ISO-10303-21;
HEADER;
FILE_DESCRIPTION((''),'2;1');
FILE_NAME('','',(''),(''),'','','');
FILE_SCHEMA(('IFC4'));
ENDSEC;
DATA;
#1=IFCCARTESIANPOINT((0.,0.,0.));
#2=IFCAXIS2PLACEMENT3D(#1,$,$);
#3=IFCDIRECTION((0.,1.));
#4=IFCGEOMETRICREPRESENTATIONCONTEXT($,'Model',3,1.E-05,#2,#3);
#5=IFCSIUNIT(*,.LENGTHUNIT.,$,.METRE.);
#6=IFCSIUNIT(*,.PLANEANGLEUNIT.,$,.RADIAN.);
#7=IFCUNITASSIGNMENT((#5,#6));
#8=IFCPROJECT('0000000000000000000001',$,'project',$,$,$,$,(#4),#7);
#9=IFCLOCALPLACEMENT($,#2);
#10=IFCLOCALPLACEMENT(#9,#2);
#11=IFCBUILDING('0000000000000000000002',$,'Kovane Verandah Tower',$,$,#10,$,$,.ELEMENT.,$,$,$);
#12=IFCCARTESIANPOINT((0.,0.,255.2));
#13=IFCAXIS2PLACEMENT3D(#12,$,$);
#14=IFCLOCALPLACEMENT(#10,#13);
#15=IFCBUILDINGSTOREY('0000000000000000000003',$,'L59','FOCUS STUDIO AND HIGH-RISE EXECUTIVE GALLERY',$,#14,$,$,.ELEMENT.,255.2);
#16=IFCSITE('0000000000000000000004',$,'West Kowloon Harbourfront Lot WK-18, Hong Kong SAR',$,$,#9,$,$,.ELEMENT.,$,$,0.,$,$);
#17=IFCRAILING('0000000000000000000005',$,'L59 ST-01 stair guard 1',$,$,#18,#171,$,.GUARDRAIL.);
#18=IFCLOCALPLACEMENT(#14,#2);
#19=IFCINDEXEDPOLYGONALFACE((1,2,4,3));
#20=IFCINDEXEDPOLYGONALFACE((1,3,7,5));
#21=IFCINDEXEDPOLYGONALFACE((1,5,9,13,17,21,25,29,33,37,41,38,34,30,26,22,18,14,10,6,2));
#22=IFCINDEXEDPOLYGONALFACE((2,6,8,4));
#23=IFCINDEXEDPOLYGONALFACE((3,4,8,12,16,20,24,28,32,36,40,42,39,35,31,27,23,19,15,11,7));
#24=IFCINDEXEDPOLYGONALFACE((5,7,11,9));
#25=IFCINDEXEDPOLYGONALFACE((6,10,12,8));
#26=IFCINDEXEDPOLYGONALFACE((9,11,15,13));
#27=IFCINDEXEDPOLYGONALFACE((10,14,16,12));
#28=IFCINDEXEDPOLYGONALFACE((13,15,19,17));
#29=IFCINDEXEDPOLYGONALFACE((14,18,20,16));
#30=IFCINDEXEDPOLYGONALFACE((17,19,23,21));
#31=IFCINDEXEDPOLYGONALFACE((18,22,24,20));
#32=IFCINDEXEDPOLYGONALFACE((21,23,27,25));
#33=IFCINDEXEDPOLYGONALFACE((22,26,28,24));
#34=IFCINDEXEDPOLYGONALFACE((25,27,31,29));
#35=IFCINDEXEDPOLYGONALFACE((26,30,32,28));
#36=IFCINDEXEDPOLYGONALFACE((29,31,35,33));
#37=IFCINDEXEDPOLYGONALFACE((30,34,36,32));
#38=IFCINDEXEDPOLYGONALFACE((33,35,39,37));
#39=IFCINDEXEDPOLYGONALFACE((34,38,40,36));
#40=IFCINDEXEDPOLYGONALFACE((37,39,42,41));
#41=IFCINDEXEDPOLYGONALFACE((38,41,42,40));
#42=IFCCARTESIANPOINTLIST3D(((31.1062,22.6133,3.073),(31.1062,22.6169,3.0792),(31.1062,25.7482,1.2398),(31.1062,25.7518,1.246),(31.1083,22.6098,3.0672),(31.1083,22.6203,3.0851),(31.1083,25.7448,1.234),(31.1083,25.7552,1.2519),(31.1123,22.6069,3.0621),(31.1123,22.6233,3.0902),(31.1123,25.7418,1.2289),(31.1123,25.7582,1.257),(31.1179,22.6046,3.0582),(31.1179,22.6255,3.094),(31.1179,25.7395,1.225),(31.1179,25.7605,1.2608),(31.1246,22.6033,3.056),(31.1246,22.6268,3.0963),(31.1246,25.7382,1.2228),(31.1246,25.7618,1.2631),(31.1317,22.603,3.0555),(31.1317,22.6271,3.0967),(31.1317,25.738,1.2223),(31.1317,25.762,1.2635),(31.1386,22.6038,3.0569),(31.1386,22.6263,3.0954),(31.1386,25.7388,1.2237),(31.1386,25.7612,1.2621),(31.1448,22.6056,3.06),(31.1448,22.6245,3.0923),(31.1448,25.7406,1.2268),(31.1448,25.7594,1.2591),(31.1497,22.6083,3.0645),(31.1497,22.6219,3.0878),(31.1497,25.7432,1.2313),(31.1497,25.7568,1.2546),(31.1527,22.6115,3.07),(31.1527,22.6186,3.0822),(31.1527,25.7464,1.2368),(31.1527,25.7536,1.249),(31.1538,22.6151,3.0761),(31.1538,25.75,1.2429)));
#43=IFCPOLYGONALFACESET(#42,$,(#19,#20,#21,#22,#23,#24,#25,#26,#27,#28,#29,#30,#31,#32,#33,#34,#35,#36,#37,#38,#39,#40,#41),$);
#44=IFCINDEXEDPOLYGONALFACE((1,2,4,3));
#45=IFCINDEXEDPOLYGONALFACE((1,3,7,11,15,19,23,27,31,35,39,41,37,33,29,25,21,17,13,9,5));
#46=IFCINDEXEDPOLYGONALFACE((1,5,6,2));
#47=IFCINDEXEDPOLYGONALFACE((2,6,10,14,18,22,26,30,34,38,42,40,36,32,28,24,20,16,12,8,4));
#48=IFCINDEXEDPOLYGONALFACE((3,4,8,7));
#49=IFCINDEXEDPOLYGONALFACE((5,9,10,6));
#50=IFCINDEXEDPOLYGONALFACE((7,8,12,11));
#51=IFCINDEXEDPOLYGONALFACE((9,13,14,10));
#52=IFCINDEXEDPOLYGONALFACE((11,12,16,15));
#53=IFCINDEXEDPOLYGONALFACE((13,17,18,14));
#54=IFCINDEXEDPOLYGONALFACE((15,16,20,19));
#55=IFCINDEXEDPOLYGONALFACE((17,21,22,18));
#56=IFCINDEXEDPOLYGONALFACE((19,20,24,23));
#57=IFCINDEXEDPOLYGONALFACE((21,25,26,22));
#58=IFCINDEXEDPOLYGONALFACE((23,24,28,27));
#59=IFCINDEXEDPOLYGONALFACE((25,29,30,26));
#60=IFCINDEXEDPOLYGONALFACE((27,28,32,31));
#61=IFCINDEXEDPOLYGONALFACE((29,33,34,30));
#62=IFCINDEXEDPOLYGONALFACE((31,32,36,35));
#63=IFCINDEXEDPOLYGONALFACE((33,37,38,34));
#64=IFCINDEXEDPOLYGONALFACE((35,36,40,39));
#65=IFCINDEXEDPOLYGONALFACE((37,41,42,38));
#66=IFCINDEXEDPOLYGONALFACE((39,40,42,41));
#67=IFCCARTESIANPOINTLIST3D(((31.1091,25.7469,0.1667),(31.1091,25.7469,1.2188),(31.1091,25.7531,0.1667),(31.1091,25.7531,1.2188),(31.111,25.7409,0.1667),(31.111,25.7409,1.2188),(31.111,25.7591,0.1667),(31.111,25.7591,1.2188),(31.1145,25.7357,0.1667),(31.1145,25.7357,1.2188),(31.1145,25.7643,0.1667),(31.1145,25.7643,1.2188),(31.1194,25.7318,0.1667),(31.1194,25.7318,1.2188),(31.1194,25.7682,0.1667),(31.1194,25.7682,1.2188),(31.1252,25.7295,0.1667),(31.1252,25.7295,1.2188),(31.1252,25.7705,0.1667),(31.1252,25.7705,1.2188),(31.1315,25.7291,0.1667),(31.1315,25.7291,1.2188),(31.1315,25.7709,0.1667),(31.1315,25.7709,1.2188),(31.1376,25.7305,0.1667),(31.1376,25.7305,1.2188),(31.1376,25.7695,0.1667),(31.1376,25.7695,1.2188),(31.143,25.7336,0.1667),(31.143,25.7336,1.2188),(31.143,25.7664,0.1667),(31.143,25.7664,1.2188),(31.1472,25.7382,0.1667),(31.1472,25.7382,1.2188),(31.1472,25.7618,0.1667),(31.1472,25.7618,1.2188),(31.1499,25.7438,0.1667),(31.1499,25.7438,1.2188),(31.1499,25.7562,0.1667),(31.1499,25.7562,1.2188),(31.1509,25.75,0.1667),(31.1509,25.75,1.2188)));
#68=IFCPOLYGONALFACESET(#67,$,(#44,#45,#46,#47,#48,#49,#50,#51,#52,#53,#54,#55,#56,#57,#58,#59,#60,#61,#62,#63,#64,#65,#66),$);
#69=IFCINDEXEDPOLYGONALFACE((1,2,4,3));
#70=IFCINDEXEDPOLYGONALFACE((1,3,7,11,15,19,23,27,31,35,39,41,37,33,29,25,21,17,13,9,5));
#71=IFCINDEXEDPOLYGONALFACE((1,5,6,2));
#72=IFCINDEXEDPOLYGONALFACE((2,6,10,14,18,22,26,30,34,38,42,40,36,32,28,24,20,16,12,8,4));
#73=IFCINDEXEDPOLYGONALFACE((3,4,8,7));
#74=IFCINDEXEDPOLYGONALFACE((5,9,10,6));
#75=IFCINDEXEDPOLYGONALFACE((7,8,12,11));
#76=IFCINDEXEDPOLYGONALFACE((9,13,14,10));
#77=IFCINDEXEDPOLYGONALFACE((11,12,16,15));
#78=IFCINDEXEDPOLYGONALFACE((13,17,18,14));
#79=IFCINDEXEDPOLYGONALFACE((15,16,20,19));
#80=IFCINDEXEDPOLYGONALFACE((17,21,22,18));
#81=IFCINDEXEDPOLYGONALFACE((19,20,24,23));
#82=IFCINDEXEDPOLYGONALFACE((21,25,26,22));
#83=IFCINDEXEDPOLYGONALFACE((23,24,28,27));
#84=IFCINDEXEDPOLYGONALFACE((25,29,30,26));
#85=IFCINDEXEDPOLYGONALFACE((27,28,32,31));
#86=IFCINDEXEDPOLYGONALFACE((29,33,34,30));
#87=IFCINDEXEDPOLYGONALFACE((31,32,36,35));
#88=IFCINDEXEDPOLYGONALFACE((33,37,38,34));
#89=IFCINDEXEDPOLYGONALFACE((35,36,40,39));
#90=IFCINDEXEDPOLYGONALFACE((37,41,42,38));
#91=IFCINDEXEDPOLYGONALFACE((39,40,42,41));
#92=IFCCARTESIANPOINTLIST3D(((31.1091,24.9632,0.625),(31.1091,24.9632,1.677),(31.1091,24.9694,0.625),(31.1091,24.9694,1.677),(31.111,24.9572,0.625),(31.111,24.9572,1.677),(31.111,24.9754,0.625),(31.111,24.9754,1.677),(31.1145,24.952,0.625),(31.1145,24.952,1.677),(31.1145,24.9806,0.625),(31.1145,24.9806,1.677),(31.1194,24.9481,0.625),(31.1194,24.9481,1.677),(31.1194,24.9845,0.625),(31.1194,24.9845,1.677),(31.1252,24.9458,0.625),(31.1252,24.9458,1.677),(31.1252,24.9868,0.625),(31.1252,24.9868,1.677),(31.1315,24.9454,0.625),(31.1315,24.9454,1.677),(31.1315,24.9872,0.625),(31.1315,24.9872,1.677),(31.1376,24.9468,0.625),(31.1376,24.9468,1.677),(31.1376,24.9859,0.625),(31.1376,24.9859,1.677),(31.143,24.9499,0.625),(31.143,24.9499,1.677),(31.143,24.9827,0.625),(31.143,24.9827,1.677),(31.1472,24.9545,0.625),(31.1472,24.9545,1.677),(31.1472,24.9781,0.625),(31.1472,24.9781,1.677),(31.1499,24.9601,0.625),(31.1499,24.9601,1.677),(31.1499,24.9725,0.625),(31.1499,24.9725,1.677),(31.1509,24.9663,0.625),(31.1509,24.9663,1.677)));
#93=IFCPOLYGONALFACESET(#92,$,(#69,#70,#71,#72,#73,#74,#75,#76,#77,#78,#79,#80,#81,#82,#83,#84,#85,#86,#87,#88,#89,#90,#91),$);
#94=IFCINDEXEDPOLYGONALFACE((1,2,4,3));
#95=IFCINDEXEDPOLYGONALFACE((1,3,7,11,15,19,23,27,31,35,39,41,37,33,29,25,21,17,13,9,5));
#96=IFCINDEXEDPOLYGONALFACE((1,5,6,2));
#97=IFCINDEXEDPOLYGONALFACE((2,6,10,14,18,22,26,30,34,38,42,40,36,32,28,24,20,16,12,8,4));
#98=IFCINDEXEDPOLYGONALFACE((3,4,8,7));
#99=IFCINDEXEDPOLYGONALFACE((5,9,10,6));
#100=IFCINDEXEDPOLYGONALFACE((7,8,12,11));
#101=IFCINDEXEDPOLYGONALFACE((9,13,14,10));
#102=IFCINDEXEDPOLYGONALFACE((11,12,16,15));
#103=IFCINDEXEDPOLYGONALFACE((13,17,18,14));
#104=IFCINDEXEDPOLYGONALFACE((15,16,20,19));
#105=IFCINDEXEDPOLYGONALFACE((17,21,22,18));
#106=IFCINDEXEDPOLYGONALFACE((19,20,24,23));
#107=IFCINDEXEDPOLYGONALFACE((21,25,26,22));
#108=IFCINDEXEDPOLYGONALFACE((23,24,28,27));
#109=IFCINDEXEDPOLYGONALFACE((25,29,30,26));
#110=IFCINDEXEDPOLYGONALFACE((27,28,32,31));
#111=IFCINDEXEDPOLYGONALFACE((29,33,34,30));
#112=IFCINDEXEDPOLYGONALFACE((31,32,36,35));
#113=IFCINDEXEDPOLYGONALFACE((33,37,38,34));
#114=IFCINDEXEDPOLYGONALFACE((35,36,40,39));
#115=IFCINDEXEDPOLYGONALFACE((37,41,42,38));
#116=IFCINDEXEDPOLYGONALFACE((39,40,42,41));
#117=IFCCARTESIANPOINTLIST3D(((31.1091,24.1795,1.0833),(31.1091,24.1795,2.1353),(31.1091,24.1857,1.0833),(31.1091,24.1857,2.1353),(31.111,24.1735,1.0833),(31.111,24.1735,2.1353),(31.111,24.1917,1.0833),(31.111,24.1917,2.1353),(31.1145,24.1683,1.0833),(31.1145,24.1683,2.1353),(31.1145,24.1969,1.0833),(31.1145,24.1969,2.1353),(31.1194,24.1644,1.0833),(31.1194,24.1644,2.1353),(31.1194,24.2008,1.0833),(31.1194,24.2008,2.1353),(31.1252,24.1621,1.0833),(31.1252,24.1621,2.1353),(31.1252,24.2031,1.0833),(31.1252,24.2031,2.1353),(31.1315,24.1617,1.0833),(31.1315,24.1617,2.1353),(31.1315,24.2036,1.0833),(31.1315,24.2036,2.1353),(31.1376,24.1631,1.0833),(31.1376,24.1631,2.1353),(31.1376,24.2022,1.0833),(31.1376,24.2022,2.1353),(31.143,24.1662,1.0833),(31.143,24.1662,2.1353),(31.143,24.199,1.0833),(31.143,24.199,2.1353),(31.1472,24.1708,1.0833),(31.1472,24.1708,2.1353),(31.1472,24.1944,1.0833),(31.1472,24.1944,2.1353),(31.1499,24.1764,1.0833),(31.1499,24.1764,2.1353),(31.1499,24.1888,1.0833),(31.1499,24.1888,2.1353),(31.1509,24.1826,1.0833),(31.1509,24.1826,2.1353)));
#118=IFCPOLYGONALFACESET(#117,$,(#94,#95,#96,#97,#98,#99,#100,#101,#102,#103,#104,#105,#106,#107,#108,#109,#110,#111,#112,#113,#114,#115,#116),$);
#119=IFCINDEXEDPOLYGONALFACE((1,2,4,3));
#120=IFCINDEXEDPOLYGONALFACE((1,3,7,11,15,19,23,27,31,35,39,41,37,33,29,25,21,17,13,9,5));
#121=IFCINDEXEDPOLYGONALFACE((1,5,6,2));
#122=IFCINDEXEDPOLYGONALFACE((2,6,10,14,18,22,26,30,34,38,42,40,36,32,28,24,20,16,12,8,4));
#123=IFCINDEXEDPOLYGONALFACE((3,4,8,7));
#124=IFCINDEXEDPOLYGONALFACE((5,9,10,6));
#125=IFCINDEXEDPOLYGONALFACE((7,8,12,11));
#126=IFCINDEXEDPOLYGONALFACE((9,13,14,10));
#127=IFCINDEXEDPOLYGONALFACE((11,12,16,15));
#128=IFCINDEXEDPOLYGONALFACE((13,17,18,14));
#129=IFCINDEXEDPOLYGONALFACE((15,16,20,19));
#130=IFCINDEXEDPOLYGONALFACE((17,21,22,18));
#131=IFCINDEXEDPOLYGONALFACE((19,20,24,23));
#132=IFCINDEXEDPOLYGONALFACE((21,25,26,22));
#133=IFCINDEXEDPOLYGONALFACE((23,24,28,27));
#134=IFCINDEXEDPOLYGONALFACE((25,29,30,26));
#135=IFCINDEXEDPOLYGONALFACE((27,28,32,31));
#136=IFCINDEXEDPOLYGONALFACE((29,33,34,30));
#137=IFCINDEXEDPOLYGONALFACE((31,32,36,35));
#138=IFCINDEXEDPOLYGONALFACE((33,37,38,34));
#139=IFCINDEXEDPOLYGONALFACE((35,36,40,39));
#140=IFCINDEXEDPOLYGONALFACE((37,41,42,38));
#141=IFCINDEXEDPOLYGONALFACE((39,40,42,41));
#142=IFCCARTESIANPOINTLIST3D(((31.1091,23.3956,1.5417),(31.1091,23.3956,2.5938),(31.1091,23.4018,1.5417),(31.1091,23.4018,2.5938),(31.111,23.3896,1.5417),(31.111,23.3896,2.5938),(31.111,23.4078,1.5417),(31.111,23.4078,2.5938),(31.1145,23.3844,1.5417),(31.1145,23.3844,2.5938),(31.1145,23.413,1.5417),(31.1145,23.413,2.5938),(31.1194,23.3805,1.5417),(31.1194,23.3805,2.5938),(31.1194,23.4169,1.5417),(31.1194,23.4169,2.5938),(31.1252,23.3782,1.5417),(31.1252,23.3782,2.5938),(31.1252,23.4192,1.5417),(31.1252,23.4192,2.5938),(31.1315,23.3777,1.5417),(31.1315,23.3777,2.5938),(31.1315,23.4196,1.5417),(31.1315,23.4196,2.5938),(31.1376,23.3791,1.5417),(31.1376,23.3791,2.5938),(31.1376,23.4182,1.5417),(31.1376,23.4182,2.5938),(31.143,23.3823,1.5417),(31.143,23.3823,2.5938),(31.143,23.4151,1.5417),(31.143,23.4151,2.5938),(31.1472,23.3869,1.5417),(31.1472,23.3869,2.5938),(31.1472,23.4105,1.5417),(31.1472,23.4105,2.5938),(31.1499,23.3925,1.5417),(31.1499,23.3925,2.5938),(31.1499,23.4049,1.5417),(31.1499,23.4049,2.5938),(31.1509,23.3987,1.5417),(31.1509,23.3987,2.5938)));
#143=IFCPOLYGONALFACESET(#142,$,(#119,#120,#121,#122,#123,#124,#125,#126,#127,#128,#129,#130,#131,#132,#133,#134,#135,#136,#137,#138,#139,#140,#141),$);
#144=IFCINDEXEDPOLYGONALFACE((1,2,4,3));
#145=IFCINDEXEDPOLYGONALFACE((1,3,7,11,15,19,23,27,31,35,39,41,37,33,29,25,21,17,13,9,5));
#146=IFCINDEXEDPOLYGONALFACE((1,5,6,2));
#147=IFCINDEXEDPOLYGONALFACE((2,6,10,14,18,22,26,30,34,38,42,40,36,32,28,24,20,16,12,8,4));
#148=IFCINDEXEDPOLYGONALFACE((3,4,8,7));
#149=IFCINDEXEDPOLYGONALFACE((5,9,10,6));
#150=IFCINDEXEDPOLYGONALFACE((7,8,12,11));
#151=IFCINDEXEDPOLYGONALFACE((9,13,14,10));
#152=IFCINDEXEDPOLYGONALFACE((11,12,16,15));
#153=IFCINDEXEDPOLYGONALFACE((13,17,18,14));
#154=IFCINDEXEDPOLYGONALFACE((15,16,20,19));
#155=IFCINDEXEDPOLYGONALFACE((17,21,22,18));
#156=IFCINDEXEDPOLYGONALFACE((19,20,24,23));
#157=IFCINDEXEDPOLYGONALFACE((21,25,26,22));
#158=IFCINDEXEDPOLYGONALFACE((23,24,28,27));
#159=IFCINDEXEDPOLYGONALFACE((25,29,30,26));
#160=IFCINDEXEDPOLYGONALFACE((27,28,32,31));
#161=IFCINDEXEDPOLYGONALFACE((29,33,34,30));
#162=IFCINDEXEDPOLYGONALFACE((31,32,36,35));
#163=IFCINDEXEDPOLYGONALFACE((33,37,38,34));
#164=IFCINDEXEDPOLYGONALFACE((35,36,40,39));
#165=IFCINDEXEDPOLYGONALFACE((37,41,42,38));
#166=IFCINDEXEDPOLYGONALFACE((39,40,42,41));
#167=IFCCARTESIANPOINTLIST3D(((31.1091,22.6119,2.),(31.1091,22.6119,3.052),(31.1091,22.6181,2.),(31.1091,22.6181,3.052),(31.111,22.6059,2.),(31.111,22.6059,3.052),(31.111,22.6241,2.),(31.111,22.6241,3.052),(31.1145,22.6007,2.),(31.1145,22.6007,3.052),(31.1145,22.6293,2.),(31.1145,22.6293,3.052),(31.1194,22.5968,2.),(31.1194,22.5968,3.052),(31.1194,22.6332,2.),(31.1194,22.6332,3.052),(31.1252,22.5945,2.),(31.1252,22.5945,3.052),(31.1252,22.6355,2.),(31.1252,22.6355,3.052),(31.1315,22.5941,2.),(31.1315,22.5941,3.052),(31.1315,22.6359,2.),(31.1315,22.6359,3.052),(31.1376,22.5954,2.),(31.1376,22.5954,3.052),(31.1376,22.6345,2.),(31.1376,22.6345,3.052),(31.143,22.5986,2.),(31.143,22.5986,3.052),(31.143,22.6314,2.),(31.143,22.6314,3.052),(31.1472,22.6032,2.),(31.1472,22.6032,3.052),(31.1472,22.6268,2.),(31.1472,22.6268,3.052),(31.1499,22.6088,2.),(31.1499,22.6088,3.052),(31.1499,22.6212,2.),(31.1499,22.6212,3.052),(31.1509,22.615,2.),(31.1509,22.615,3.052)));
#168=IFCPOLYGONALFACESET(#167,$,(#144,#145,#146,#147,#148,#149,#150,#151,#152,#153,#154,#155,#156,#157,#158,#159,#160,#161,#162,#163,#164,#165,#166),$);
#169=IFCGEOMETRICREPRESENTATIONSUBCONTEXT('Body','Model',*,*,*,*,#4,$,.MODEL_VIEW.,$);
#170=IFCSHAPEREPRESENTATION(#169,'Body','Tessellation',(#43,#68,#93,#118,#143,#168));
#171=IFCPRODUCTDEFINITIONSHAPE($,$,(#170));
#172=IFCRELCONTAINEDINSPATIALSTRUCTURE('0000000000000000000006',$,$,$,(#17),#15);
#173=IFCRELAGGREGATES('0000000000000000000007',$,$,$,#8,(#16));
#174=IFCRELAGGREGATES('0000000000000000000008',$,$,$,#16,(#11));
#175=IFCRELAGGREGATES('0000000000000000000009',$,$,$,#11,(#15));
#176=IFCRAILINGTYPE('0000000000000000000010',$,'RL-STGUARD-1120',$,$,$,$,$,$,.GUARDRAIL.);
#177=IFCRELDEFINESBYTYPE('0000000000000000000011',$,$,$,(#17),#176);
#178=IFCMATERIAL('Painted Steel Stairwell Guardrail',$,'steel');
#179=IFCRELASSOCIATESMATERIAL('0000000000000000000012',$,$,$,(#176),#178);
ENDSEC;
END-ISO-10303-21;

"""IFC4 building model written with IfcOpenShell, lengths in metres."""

from ifc_helpers import new_model, si_unit, direction, frame, origin, origin_2d, place, context, subcontext, project, spatial, circle, extrude, material, type_object, element, save


model = new_model("IFC4")

# Units and contexts
model_context = context("Model", 3, precision=1e-05, world=origin(), true_north=direction((0.0, 1.0)))
body_context = subcontext(model_context, "Body", "Model", "MODEL_VIEW")
ifc_project = project(units=[si_unit("LENGTHUNIT", "METRE"), si_unit("PLANEANGLEUNIT", "RADIAN")], contexts=[model_context])

# Site, building, storey
site_placement = place(None, origin())
site = spatial("IfcSite", under=ifc_project, at=site_placement, Name="West Kowloon Harbourfront Lot WK-18, Hong Kong SAR", CompositionType="ELEMENT", RefElevation=0.0)
building_placement = place(site_placement, origin())
building = spatial("IfcBuilding", under=site, at=building_placement, Name="Kovane Verandah Tower", CompositionType="ELEMENT")
storey_placement = place(building_placement, frame((0.0, 0.0, 255.2)))
storey = spatial("IfcBuildingStorey", under=building, at=storey_placement, Name="L59", Description="FOCUS STUDIO AND HIGH-RISE EXECUTIVE GALLERY", CompositionType="ELEMENT", Elevation=255.2)

# Railing
ifc_material_1 = material(Name="Painted Steel Stairwell Guardrail", Category="steel")
railing_type_1 = type_object("IfcRailingType", Name="RL-STGUARD-1120", PredefinedType="GUARDRAIL", material=ifc_material_1)
railing_1_placement = place(storey_placement, frame((31.1299, 25.75, 0.1667)))
element("IfcRailing", 1, at=railing_1_placement, inside=storey, type_object=railing_type_1, Name="L59 ST-01 stair guard 1", PredefinedType="GUARDRAIL", context=body_context, shape_type="SweptSolid", body=[
    extrude(circle(Radius=0.0239, at=origin_2d()), frame((0.0, 0.0, 1.0762), z_axis=(0.0, -0.86324, 0.504794), x_axis=(1.0, 0.0, 0.0)), (0.0, 0.0, 1.0), 3.6316),
    extrude(circle(Radius=0.021, at=origin_2d()), origin(), (0.0, 0.0, 1.0), 1.052),
    extrude(circle(Radius=0.021, at=origin_2d()), frame((0.0, -0.7837, 0.4583)), (0.0, 0.0, 1.0), 1.052),
    extrude(circle(Radius=0.021, at=origin_2d()), frame((0.0, -1.5674, 0.9165)), (0.0, 0.0, 1.0), 1.052),
    extrude(circle(Radius=0.021, at=origin_2d()), frame((0.0, -2.3513, 1.375)), (0.0, 0.0, 1.0), 1.052),
    extrude(circle(Radius=0.021, at=origin_2d()), frame((0.0, -3.135, 1.8333)), (0.0, 0.0, 1.0), 1.052),
])

save(model, "model.ifc")
